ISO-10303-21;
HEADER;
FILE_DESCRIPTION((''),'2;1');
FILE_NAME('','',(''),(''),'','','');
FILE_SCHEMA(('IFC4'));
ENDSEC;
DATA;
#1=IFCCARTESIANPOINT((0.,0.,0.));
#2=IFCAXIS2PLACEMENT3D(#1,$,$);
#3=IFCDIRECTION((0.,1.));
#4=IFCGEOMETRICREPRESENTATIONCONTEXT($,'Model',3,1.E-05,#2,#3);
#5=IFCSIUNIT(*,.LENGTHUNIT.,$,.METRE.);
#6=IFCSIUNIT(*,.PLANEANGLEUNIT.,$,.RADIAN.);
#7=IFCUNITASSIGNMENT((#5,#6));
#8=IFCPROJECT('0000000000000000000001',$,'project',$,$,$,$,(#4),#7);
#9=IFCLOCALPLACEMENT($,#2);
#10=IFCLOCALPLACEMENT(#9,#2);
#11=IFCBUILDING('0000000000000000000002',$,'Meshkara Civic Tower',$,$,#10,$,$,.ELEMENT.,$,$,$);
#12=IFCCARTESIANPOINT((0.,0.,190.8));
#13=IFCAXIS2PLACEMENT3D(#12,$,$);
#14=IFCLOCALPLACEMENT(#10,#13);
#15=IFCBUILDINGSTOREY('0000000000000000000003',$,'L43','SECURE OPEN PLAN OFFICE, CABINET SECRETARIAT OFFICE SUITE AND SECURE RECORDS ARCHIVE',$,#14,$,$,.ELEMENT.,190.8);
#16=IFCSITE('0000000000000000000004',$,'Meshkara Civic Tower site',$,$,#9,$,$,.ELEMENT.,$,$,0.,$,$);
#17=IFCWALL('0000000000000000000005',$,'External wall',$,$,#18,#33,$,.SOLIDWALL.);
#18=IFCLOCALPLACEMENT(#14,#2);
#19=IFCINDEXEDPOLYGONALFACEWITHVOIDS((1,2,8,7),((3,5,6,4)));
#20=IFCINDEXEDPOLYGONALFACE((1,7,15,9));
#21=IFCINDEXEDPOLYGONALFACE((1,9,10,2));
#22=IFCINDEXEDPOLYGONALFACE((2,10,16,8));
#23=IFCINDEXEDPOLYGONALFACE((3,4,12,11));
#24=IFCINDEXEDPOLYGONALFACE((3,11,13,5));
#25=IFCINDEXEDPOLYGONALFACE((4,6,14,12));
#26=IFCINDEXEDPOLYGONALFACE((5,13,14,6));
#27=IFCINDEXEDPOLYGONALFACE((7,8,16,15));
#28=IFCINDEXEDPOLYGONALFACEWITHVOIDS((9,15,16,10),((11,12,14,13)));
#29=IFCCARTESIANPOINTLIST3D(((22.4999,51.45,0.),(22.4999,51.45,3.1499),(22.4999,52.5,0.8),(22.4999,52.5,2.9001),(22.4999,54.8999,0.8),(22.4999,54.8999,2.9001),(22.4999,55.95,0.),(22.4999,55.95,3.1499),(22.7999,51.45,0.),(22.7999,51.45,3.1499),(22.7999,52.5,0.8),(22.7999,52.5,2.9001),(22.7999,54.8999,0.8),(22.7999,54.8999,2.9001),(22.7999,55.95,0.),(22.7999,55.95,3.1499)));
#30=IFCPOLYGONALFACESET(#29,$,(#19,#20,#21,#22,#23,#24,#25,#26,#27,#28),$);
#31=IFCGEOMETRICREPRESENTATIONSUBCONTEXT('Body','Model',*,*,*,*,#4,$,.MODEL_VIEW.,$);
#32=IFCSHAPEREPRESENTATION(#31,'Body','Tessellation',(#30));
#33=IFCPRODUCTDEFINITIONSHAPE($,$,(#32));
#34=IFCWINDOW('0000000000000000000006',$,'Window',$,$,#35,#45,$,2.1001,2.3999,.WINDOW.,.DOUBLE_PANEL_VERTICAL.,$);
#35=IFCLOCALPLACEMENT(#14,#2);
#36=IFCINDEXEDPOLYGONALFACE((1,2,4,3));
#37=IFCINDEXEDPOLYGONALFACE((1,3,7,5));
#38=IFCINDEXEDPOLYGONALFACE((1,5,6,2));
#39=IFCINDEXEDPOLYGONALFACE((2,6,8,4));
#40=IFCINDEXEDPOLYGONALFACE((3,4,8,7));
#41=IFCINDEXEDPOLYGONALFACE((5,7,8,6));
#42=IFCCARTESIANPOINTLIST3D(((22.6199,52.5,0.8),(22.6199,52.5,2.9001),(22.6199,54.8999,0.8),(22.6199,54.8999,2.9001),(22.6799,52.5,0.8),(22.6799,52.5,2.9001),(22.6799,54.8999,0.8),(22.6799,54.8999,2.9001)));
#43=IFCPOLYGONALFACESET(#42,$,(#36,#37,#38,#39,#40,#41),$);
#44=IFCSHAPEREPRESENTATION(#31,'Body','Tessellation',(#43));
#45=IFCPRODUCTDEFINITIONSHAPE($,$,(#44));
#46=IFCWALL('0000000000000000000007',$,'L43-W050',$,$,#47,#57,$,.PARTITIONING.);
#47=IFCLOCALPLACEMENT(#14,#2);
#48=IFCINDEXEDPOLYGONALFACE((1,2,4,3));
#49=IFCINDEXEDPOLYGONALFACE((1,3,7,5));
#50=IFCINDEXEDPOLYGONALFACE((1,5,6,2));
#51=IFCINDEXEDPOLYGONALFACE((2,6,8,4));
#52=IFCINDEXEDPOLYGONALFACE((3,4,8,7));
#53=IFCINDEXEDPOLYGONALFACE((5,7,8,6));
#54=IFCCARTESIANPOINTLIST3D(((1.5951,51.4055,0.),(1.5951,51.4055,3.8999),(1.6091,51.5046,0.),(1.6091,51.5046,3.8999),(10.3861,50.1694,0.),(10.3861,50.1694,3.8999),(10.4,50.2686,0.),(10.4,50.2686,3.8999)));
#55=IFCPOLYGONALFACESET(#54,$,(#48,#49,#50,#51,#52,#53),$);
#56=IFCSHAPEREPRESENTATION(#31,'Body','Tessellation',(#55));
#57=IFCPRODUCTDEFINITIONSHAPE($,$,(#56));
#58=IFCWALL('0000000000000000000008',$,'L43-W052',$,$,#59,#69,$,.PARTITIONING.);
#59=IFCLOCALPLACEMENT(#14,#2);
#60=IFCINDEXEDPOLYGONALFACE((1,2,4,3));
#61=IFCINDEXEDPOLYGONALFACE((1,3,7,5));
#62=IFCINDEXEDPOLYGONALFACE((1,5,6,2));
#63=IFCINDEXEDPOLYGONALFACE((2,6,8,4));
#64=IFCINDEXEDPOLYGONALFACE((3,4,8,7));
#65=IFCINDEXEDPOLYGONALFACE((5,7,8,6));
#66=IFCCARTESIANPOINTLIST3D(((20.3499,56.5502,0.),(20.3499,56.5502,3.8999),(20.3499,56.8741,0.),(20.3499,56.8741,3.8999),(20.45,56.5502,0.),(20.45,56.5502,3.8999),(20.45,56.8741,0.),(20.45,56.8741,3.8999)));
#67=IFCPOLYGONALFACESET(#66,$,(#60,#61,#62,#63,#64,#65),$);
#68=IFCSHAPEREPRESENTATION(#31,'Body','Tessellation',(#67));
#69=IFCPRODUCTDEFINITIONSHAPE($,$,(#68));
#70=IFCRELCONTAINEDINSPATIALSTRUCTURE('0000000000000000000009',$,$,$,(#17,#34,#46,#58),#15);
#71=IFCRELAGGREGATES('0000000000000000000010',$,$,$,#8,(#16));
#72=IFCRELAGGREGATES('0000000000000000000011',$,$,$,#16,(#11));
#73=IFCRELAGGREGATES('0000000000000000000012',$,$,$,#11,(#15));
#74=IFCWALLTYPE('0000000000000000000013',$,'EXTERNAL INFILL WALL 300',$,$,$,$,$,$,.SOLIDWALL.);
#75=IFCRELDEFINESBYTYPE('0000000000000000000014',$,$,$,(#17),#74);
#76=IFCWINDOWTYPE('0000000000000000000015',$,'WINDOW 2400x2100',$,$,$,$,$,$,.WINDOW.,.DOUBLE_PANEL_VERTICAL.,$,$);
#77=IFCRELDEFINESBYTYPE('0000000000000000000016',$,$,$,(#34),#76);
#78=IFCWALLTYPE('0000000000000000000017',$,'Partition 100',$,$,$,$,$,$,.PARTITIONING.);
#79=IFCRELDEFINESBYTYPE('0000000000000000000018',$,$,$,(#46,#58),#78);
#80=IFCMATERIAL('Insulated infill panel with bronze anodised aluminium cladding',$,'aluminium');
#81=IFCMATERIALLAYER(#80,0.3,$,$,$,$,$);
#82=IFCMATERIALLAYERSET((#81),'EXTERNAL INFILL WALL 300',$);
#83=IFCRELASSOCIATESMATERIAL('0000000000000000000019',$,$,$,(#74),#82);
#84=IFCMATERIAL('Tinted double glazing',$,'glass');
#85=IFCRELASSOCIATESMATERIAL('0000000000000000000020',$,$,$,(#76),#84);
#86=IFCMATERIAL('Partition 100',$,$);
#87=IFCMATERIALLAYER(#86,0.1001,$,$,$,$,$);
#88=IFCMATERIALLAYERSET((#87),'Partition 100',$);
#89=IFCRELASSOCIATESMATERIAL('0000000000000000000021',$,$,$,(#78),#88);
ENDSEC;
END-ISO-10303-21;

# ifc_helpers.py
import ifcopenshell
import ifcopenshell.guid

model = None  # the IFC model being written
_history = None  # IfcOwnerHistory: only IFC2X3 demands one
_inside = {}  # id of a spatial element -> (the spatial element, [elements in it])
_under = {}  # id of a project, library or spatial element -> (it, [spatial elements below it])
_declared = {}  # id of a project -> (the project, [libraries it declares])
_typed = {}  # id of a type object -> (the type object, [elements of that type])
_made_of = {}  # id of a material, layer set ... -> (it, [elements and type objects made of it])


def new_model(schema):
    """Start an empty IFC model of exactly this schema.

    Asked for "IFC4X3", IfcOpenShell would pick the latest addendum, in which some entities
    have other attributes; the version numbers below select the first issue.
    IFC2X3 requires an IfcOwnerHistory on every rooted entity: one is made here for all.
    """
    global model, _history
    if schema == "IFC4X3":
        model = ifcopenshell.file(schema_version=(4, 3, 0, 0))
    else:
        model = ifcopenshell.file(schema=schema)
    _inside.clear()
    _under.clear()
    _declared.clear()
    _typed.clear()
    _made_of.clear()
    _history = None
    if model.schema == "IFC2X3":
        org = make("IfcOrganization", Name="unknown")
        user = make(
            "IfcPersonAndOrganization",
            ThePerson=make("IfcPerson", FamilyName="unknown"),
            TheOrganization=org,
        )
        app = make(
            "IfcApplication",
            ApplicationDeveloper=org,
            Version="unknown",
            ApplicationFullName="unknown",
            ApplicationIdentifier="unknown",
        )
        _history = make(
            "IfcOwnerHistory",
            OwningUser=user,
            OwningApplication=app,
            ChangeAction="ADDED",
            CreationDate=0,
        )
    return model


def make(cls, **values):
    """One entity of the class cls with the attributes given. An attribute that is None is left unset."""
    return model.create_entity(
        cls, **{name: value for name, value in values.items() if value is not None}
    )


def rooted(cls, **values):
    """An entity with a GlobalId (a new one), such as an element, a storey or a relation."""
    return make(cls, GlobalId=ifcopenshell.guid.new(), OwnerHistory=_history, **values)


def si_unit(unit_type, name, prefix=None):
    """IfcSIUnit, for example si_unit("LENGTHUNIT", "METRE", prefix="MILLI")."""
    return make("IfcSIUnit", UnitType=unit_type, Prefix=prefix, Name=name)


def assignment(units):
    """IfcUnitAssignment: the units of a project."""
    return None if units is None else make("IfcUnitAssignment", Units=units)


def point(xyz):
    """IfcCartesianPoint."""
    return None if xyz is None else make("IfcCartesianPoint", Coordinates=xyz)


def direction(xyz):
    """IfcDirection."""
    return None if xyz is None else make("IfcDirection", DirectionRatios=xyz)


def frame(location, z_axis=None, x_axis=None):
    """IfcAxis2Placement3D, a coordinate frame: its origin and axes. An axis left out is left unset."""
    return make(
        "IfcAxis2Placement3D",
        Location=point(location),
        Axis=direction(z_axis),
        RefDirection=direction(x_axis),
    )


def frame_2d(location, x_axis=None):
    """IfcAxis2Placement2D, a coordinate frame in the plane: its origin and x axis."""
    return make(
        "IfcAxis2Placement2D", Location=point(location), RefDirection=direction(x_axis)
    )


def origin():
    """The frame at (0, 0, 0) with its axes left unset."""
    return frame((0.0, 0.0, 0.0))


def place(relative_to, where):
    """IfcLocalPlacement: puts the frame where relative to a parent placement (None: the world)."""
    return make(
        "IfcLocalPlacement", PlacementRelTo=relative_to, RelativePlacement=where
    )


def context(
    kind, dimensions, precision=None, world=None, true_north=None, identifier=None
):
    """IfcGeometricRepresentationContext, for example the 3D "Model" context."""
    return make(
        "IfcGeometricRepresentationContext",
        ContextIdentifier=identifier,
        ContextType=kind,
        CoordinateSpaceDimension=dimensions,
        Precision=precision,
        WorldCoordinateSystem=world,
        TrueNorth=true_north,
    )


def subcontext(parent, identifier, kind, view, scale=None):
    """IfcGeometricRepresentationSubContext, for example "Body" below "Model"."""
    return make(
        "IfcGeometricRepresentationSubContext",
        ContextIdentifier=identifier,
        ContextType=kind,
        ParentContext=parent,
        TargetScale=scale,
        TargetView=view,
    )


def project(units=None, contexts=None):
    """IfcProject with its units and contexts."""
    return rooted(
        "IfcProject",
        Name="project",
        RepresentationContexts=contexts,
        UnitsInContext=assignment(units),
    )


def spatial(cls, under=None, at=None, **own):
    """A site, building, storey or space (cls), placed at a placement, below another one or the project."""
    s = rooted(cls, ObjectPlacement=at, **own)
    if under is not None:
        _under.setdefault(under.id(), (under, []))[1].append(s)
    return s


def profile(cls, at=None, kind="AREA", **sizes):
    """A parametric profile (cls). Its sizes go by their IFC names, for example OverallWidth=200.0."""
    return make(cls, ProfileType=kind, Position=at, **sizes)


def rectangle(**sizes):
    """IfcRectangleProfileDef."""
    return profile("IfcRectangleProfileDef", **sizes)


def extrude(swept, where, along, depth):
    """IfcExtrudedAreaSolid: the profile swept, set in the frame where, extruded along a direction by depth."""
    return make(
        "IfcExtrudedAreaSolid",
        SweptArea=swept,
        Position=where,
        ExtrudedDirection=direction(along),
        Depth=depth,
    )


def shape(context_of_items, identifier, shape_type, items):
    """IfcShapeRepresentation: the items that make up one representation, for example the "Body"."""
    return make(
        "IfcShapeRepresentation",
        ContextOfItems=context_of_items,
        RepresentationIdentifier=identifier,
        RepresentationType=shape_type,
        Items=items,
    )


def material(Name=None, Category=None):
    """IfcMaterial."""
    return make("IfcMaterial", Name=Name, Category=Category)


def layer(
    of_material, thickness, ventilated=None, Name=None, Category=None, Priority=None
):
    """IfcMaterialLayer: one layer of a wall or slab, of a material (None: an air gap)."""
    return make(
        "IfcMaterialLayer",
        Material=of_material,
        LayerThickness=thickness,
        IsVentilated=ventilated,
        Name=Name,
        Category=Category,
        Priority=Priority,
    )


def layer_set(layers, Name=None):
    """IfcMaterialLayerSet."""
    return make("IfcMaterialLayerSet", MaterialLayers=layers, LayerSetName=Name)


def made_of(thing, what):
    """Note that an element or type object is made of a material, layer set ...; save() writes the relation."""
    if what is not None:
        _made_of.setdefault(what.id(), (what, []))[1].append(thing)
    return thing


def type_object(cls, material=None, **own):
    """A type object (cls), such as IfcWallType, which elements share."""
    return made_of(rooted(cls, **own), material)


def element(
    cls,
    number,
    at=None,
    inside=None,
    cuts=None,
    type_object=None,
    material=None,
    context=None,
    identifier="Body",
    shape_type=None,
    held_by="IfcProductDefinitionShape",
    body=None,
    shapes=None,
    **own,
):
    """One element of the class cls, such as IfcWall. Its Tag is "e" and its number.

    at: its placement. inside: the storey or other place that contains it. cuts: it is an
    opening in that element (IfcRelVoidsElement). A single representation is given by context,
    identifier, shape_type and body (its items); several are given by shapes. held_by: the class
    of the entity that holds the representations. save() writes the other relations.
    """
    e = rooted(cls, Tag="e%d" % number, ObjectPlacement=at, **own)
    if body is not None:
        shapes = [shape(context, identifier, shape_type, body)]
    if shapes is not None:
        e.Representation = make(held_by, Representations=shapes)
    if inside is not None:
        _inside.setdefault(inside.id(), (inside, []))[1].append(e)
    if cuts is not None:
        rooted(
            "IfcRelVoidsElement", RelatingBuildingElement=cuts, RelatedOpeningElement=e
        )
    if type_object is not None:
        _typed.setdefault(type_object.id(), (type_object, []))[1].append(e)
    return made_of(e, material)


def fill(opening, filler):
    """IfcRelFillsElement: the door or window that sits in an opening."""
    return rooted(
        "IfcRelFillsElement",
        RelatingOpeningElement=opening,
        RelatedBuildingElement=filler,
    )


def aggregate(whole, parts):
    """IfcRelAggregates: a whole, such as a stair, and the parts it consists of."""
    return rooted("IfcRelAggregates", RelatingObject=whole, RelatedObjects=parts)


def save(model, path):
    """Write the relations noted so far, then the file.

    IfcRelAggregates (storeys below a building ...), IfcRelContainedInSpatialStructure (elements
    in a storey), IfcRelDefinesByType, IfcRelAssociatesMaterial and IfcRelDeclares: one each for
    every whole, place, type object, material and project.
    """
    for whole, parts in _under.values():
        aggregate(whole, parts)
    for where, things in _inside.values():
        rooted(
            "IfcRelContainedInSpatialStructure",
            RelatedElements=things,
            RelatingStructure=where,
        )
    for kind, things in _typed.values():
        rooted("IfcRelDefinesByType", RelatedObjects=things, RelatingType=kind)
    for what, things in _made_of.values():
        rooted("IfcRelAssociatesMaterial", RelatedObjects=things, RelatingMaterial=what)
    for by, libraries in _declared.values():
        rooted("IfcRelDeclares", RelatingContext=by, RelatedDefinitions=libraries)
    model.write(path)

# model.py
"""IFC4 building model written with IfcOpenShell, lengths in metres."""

from ifc_helpers import new_model, si_unit, direction, frame, frame_2d, origin, place, context, subcontext, project, spatial, rectangle, extrude, material, layer, layer_set, type_object, element, fill, save


model = new_model("IFC4")

# Units and contexts
model_context = context("Model", 3, precision=1e-05, world=origin(), true_north=direction((0.0, 1.0)))
body_context = subcontext(model_context, "Body", "Model", "MODEL_VIEW")
ifc_project = project(units=[si_unit("LENGTHUNIT", "METRE"), si_unit("PLANEANGLEUNIT", "RADIAN")], contexts=[model_context])

# Site, building, storey
site_placement = place(None, origin())
site = spatial("IfcSite", under=ifc_project, at=site_placement, Name="Meshkara Civic Tower site", CompositionType="ELEMENT", RefElevation=0.0)
building_placement = place(site_placement, origin())
building = spatial("IfcBuilding", under=site, at=building_placement, Name="Meshkara Civic Tower", CompositionType="ELEMENT")
storey_placement = place(building_placement, frame((0.0, 0.0, 190.8)))
storey = spatial("IfcBuildingStorey", under=building, at=storey_placement, Name="L43", Description="SECURE OPEN PLAN OFFICE, CABINET SECRETARIAT OFFICE SUITE AND SECURE RECORDS ARCHIVE", CompositionType="ELEMENT", Elevation=190.8)

# Wall, opening, window
ifc_material_1 = material(Name="Insulated infill panel with bronze anodised aluminium cladding", Category="aluminium")
ifc_layer_1 = layer(ifc_material_1, 0.3)
ifc_layer_set_1 = layer_set([ifc_layer_1], Name="EXTERNAL INFILL WALL 300")
wall_type_1 = type_object("IfcWallType", Name="EXTERNAL INFILL WALL 300", PredefinedType="SOLIDWALL", material=ifc_layer_set_1)
ifc_material_2 = material(Name="Tinted double glazing", Category="glass")
window_type = type_object("IfcWindowType", Name="WINDOW 2400x2100", PartitioningType="DOUBLE_PANEL_VERTICAL", PredefinedType="WINDOW", material=ifc_material_2)
wall_1_placement = place(storey_placement, frame((22.6499, 51.45, 0.0), z_axis=(0.0, 0.0, 1.0), x_axis=(0.0, 1.0, 0.0)))
wall_1 = element("IfcWall", 1, at=wall_1_placement, inside=storey, type_object=wall_type_1, Name="External wall", PredefinedType="SOLIDWALL", context=body_context, shape_type="SweptSolid", body=[
    extrude(rectangle(XDim=4.5, YDim=0.3, at=frame_2d((2.25, 0.0))), origin(), (0.0, 0.0, 1.0), 3.1499),
])
opening_1_placement = place(wall_1_placement, frame((1.05, 0.0, 0.8)))
opening_1 = element("IfcOpeningElement", 2, at=opening_1_placement, cuts=wall_1, PredefinedType="OPENING", context=body_context, shape_type="SweptSolid", body=[
    extrude(rectangle(XDim=2.3999, YDim=2.1001, at=frame_2d((1.2, 1.05))), frame((0.0, 0.1599, 0.0), z_axis=(0.0, -1.0, 0.0), x_axis=(1.0, 0.0, 0.0)), (0.0, 0.0, 1.0), 0.3201),
])
window_1_placement = place(opening_1_placement, origin())
window_1 = element("IfcWindow", 3, at=window_1_placement, inside=storey, type_object=window_type, Name="Window", OverallHeight=2.1001, OverallWidth=2.3999, PartitioningType="DOUBLE_PANEL_VERTICAL", PredefinedType="WINDOW", context=body_context, shape_type="SweptSolid", body=[
    extrude(rectangle(XDim=2.3999, YDim=2.1001, at=frame_2d((1.2, 1.05))), frame((0.0, 0.03, 0.0), z_axis=(0.0, -1.0, 0.0), x_axis=(1.0, 0.0, 0.0)), (0.0, 0.0, 1.0), 0.0601),
])
fill(opening_1, window_1)

# Walls
ifc_material_3 = material(Name="Partition 100")
ifc_layer_2 = layer(ifc_material_3, 0.1001)
ifc_layer_set_2 = layer_set([ifc_layer_2], Name="Partition 100")
wall_type_2 = type_object("IfcWallType", Name="Partition 100", PredefinedType="PARTITIONING", material=ifc_layer_set_2)
wall_2_placement = place(storey_placement, frame((10.3931, 50.219, 0.0), z_axis=(0.0, 0.0, 1.0), x_axis=(-0.990259, 0.139238, 0.0)))
element("IfcWall", 4, at=wall_2_placement, inside=storey, type_object=wall_type_2, Name="L43-W050", PredefinedType="PARTITIONING", context=body_context, shape_type="SweptSolid", body=[
    extrude(rectangle(XDim=8.8774, YDim=0.1001, at=frame_2d((4.4387, 0.0))), origin(), (0.0, 0.0, 1.0), 3.8999),
])
wall_3_placement = place(storey_placement, frame((20.3999, 56.55, 0.0), z_axis=(0.0, 0.0, 1.0), x_axis=(0.0, 1.0, 0.0)))
element("IfcWall", 5, at=wall_3_placement, inside=storey, type_object=wall_type_2, Name="L43-W052", PredefinedType="PARTITIONING", context=body_context, shape_type="SweptSolid", body=[
    extrude(rectangle(XDim=0.324, YDim=0.1001, at=frame_2d((0.1621, 0.0))), origin(), (0.0, 0.0, 1.0), 3.8999),
])

save(model, "model.ifc")
